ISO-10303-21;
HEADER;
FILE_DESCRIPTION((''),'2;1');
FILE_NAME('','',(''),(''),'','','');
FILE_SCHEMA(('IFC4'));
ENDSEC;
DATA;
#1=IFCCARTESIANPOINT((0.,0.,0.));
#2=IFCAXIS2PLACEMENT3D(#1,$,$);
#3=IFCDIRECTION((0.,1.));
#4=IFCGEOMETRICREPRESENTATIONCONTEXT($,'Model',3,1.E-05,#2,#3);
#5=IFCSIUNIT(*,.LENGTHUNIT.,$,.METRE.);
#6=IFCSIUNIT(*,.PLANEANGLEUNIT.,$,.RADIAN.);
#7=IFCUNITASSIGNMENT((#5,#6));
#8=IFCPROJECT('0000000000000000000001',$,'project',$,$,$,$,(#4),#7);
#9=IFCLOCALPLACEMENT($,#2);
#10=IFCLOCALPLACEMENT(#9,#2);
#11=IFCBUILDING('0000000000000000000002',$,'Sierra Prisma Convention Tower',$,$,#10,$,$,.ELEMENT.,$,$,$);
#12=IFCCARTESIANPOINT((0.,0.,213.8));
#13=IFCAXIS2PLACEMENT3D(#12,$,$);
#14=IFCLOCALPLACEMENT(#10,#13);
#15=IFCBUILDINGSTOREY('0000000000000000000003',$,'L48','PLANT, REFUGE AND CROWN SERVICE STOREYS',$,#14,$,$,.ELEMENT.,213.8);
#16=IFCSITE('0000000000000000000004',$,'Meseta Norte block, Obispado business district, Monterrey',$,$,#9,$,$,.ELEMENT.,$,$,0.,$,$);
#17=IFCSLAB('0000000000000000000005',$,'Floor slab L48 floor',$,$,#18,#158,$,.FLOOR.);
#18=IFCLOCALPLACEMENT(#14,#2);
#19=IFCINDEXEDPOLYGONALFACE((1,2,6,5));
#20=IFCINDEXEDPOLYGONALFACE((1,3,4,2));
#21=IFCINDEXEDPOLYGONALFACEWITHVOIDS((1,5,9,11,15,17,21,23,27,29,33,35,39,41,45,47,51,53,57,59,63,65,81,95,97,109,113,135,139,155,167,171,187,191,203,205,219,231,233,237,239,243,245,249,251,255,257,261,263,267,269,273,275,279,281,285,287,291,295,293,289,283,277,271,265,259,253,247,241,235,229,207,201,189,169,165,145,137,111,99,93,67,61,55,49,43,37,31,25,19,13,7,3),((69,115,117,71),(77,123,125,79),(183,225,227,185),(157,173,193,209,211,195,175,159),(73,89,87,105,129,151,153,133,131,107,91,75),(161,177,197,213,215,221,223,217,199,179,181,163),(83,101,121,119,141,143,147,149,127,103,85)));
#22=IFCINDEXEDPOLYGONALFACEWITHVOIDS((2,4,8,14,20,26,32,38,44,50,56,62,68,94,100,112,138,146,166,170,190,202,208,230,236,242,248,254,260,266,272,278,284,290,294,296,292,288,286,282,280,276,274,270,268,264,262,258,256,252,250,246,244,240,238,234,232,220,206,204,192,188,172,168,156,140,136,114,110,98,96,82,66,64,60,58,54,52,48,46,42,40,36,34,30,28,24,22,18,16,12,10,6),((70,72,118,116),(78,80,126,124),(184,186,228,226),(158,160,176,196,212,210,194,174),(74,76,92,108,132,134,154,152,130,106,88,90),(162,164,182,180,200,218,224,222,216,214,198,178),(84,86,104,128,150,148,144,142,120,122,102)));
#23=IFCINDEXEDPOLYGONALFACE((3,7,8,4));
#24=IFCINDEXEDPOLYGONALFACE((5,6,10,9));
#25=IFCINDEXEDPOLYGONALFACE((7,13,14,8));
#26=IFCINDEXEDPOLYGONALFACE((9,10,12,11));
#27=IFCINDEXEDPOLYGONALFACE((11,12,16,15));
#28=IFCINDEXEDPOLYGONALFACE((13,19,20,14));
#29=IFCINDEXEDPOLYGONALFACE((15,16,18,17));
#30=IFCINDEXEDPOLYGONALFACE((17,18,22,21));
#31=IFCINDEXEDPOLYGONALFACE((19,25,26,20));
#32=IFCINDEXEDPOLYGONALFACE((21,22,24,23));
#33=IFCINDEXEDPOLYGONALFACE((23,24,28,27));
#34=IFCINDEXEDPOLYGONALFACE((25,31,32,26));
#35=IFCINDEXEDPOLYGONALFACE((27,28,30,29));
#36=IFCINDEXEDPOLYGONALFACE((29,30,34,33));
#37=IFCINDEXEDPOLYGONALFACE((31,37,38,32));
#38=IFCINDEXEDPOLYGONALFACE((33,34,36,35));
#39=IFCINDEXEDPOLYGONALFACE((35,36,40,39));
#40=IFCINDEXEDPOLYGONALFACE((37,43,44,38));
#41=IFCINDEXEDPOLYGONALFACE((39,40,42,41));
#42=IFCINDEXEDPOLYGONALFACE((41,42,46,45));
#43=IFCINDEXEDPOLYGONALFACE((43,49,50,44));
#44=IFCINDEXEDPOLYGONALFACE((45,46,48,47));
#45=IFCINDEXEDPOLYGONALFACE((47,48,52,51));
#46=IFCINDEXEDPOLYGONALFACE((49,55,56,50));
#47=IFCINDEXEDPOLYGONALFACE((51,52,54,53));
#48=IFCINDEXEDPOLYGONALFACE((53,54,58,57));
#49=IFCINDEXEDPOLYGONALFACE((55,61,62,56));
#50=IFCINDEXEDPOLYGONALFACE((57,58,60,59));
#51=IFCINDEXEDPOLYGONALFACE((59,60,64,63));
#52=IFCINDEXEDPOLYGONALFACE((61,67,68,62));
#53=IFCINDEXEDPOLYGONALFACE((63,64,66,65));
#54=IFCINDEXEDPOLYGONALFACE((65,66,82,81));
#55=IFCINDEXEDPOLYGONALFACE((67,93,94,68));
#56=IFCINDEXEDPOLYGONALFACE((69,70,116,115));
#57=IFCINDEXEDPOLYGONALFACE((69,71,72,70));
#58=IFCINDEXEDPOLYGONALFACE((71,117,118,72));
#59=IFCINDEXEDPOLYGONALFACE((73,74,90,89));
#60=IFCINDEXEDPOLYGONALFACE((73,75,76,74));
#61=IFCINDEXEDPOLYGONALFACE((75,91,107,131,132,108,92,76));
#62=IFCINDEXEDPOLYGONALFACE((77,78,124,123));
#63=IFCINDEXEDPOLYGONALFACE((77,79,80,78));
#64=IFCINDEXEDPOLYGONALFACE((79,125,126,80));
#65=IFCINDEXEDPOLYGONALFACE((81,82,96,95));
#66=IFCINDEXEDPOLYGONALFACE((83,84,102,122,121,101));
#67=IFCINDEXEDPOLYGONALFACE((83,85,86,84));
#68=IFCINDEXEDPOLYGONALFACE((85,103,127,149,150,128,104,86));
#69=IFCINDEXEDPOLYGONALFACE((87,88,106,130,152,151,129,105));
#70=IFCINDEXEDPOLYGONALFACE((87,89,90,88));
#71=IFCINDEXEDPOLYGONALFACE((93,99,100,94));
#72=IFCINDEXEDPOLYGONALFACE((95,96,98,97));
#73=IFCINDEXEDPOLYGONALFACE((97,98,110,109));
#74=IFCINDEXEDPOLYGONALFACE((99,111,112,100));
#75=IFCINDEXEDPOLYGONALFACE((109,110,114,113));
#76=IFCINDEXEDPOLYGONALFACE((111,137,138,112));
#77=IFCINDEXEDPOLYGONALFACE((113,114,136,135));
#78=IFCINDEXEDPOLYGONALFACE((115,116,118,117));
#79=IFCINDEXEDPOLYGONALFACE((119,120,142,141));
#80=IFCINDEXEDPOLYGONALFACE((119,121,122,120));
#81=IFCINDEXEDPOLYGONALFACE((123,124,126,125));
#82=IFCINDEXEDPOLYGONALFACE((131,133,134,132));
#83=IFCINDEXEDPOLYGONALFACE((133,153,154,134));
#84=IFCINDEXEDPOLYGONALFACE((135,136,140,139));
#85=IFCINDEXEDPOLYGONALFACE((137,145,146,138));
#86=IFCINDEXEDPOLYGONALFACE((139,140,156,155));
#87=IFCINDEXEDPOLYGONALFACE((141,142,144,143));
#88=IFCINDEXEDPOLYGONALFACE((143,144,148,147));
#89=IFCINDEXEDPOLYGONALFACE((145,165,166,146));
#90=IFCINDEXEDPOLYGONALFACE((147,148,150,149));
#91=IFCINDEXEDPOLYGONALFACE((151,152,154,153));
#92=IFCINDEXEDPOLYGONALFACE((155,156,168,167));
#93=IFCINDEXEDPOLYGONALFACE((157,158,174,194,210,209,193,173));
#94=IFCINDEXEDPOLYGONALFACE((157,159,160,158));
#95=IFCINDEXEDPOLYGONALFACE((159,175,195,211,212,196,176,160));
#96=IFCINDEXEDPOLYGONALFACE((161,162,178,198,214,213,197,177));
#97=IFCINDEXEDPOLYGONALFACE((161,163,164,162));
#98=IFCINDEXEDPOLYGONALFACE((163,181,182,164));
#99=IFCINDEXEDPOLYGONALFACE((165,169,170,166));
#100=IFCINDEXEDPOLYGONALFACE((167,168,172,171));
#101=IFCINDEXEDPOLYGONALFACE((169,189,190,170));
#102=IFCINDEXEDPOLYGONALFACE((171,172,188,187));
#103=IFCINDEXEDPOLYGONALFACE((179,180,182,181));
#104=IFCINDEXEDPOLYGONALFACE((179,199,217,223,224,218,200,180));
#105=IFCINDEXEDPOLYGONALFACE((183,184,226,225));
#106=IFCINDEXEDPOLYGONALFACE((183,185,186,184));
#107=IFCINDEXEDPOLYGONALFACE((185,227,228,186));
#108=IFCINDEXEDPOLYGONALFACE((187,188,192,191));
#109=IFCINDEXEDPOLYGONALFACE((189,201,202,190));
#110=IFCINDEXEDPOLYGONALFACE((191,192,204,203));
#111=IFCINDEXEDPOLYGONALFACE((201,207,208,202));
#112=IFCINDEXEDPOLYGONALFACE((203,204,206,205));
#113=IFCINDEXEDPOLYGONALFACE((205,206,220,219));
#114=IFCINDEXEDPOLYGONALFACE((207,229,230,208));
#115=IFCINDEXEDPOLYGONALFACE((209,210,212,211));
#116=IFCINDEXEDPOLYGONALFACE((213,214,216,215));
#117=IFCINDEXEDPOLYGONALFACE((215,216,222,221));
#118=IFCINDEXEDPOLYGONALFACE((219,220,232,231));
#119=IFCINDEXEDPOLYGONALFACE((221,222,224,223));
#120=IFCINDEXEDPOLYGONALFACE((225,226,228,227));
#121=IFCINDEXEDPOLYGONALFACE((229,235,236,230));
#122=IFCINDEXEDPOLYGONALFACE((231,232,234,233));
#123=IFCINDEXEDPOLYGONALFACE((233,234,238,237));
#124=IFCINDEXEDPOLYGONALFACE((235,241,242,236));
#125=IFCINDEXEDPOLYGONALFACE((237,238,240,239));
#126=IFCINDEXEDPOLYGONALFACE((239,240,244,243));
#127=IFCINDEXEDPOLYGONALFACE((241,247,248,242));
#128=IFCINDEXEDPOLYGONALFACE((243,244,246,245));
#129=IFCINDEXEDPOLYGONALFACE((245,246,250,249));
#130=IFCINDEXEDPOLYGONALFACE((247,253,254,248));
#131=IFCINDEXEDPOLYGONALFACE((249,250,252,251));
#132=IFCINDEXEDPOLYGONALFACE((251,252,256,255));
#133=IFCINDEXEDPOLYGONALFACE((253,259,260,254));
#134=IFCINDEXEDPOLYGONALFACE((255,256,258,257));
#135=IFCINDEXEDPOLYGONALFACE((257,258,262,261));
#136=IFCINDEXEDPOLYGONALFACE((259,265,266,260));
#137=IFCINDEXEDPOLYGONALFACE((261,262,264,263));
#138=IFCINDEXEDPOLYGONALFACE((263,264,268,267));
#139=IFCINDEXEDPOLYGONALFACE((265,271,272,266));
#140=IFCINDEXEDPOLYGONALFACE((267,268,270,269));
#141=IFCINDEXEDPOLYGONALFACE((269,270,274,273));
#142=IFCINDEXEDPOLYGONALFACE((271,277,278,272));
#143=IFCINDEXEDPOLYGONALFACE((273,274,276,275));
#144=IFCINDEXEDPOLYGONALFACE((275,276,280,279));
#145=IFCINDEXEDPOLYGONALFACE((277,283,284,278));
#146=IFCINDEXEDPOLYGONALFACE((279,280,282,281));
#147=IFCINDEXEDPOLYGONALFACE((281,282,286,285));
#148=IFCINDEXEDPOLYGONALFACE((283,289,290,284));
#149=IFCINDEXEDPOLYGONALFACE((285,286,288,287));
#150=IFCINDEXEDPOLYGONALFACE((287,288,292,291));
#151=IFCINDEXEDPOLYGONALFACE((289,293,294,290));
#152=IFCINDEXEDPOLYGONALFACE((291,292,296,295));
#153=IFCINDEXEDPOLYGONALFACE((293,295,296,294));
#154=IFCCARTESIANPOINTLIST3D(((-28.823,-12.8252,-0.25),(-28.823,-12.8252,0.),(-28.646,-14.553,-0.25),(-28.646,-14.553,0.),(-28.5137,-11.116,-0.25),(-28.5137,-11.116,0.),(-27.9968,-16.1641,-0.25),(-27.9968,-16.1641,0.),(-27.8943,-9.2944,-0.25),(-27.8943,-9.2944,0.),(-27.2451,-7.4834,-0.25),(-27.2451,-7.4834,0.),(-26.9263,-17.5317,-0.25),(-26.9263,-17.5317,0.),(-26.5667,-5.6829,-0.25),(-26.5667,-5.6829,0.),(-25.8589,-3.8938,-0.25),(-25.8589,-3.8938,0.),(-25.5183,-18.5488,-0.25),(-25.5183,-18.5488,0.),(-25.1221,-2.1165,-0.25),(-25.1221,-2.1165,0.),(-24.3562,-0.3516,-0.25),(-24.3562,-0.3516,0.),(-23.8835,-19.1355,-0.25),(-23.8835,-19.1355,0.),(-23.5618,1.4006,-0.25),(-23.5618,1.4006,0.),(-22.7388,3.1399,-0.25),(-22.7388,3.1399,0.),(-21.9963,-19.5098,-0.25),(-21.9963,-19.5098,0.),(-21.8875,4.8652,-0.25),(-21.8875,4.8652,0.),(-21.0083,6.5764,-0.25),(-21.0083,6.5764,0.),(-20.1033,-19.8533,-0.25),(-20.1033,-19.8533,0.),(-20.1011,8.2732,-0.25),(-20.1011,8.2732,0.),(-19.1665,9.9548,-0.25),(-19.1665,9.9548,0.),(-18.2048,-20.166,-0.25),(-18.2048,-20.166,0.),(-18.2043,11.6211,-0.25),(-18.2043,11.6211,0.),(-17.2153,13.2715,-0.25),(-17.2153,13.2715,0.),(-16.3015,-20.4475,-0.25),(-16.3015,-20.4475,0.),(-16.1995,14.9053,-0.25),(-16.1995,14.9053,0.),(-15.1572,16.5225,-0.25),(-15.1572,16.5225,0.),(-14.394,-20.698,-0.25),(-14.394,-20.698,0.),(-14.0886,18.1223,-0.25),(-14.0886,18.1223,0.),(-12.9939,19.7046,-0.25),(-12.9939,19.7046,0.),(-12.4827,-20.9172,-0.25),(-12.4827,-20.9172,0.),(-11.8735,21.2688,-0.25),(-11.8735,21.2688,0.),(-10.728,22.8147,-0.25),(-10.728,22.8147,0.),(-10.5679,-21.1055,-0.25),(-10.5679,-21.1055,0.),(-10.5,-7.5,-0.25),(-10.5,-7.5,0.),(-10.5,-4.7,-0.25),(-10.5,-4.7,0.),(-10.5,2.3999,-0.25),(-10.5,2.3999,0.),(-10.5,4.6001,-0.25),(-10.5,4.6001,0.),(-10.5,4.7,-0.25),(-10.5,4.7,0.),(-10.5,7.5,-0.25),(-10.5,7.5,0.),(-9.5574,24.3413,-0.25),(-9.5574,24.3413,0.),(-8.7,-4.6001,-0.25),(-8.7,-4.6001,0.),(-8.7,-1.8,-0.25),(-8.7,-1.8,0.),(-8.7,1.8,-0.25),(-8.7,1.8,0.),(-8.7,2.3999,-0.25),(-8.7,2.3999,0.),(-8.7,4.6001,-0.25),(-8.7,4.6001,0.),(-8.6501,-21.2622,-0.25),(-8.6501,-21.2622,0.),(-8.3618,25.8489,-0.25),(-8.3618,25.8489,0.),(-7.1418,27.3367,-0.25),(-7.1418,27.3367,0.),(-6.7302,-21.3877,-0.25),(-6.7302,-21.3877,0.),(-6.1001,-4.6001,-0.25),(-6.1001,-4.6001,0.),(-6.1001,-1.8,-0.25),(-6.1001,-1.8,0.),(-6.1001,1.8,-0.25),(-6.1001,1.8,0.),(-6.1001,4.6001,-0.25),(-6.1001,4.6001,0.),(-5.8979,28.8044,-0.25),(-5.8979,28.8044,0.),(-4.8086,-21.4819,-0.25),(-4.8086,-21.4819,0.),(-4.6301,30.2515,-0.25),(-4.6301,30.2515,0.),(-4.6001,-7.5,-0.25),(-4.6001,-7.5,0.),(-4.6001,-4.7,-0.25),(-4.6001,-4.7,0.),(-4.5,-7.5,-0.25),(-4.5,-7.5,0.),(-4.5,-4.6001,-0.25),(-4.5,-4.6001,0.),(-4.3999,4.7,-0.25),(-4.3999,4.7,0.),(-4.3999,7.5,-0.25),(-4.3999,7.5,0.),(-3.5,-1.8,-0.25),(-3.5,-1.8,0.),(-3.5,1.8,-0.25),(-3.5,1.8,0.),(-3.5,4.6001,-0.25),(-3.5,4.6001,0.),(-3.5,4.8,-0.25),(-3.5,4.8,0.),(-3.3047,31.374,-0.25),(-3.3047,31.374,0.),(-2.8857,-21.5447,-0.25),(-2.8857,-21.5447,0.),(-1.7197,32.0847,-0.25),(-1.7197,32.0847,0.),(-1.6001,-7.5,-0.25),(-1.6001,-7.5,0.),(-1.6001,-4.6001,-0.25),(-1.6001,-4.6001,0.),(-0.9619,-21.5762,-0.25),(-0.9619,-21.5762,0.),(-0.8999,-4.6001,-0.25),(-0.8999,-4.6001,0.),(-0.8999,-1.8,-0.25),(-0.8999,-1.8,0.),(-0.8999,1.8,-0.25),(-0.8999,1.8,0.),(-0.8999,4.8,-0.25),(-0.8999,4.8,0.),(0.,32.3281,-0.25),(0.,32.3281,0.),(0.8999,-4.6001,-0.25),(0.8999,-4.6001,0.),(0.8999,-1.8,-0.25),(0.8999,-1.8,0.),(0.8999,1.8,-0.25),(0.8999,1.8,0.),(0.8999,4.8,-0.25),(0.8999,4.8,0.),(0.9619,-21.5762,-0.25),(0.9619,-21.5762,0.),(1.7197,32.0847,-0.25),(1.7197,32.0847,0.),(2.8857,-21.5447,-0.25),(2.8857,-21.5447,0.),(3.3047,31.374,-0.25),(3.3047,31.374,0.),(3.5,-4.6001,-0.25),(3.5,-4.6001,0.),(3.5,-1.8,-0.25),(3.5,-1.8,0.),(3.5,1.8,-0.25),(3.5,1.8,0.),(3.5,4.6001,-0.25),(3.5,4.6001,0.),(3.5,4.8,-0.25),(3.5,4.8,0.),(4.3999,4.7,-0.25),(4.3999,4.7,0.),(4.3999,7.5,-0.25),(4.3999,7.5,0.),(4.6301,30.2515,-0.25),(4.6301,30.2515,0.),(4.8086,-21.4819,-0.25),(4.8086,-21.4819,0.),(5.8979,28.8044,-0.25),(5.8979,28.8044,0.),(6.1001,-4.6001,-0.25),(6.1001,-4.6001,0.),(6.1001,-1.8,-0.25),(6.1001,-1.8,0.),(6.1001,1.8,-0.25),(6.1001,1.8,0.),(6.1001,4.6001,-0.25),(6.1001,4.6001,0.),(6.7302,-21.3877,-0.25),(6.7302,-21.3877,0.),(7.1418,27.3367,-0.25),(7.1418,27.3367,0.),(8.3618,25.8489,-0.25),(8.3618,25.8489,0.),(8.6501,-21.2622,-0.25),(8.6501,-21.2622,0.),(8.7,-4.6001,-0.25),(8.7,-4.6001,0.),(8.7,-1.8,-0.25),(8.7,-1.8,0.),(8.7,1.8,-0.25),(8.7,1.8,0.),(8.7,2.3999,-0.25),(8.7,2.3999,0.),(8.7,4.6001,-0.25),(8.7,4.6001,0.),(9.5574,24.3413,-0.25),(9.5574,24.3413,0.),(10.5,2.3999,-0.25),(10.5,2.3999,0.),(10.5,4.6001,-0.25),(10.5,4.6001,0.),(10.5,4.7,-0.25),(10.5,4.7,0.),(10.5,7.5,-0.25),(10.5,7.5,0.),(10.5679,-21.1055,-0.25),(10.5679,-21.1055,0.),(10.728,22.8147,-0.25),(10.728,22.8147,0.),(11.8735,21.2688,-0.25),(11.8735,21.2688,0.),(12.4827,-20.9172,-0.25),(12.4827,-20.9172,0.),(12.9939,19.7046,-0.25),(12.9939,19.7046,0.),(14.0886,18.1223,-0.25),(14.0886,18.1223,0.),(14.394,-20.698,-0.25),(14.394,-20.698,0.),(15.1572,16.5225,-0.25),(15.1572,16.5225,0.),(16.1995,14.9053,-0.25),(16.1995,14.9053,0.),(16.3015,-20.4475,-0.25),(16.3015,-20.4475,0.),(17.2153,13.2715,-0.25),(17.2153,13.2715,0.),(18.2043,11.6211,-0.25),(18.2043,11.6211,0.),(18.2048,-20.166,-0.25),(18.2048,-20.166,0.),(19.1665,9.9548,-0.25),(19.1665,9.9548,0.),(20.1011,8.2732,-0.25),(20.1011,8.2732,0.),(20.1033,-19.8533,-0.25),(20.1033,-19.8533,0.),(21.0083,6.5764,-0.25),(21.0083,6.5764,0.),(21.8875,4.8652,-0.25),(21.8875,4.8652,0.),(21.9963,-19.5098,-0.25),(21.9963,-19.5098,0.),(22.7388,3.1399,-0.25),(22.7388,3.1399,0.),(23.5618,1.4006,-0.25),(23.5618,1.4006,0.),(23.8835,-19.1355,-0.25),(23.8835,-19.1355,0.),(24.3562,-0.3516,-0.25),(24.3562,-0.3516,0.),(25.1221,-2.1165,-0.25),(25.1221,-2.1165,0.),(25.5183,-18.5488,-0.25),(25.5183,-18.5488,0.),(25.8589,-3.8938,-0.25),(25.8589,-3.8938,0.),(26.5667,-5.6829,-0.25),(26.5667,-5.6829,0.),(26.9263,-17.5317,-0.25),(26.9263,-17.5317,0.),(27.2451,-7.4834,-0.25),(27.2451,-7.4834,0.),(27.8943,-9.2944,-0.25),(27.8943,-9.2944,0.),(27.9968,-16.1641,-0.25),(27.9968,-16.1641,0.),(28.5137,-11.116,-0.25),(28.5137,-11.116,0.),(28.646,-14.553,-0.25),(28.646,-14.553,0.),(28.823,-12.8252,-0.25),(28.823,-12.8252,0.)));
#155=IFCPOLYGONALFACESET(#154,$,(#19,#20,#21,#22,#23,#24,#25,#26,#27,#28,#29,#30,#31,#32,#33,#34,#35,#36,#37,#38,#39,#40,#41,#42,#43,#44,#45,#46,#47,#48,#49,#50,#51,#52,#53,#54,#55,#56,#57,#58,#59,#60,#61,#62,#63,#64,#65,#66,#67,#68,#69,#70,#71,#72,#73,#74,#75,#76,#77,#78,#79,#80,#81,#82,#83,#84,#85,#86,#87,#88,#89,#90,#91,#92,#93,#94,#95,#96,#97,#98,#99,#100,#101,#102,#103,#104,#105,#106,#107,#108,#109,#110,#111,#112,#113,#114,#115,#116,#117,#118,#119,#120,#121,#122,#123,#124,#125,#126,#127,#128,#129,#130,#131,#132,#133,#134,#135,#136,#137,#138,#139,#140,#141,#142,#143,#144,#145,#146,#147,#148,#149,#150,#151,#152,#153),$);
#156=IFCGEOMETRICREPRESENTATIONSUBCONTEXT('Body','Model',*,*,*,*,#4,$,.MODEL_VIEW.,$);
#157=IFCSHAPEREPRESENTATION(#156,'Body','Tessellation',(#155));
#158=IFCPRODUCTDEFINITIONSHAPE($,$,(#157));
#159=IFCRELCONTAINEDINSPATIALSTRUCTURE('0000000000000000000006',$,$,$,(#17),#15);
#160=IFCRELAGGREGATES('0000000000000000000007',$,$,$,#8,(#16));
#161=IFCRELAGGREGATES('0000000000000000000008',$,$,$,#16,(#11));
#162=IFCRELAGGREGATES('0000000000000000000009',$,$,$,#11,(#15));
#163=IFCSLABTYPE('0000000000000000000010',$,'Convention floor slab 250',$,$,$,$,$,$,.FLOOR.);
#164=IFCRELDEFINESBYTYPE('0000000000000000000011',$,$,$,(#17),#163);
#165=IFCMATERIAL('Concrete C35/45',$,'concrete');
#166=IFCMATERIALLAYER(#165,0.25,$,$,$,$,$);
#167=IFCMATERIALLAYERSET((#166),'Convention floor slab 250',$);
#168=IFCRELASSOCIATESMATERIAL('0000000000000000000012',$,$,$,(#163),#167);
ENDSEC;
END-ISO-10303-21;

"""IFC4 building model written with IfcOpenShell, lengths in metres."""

from ifc_helpers import new_model, si_unit, direction, frame, origin, place, context, subcontext, project, spatial, polyline, outline, extrude, material, layer, layer_set, type_object, element, save


model = new_model("IFC4")

# Units and contexts
model_context = context("Model", 3, precision=1e-05, world=origin(), true_north=direction((0.0, 1.0)))
body_context = subcontext(model_context, "Body", "Model", "MODEL_VIEW")
ifc_project = project(units=[si_unit("LENGTHUNIT", "METRE"), si_unit("PLANEANGLEUNIT", "RADIAN")], contexts=[model_context])

# Site, building, storey
site_placement = place(None, origin())
site = spatial("IfcSite", under=ifc_project, at=site_placement, Name="Meseta Norte block, Obispado business district, Monterrey", CompositionType="ELEMENT", RefElevation=0.0)
building_placement = place(site_placement, origin())
building = spatial("IfcBuilding", under=site, at=building_placement, Name="Sierra Prisma Convention Tower", CompositionType="ELEMENT")
storey_placement = place(building_placement, frame((0.0, 0.0, 213.8)))
storey = spatial("IfcBuildingStorey", under=building, at=storey_placement, Name="L48", Description="PLANT, REFUGE AND CROWN SERVICE STOREYS", CompositionType="ELEMENT", Elevation=213.8)

# Slab
ifc_material_1 = material(Name="Concrete C35/45", Category="concrete")
ifc_layer_1 = layer(ifc_material_1, 0.25)
ifc_layer_set_1 = layer_set([ifc_layer_1], Name="Convention floor slab 250")
slab_type = type_object("IfcSlabType", Name="Convention floor slab 250", PredefinedType="FLOOR", material=ifc_layer_set_1)
slab_placement = place(storey_placement, frame((0.0, 0.0, -0.25)))
element("IfcSlab", 1, at=slab_placement, inside=storey, type_object=slab_type, Name="Floor slab L48 floor", PredefinedType="FLOOR", context=body_context, shape_type="SweptSolid", body=[
    extrude(outline(polyline([(-23.8835, -19.1355), (-21.9963, -19.5098), (-20.1033, -19.8533), (-18.2048, -20.166), (-16.3015, -20.4475), (-14.394, -20.698), (-12.4827, -20.9172), (-10.5679, -21.1055), (-8.6501, -21.2622), (-6.7302, -21.3877), (-4.8086, -21.4819), (-2.8857, -21.5447), (-0.9619, -21.5762), (0.9619, -21.5762), (2.8857, -21.5447), (4.8086, -21.4819), (6.7302, -21.3877), (8.6501, -21.2622), (10.5679, -21.1055), (12.4827, -20.9172), (14.394, -20.698), (16.3015, -20.4475), (18.2048, -20.166), (20.1033, -19.8533), (21.9963, -19.5098), (23.8835, -19.1355), (25.5183, -18.5488), (26.9263, -17.5317), (27.9968, -16.1641), (28.646, -14.553), (28.823, -12.8252), (28.5137, -11.116), (27.8943, -9.2944), (27.2451, -7.4834), (26.5667, -5.6829), (25.8589, -3.8938), (25.1221, -2.1165), (24.3562, -0.3516), (23.5618, 1.4006), (22.7388, 3.1399), (21.8875, 4.8652), (21.0083, 6.5764), (20.1011, 8.2732), (19.1665, 9.9548), (18.2043, 11.6211), (17.2153, 13.2715), (16.1995, 14.9053), (15.1572, 16.5225), (14.0886, 18.1223), (12.9939, 19.7046), (11.8735, 21.2688), (10.728, 22.8147), (9.5574, 24.3413), (8.3618, 25.8489), (7.1418, 27.3367), (5.8979, 28.8044), (4.6301, 30.2515), (3.3047, 31.374), (1.7197, 32.0847), (0.0, 32.3281), (-1.7197, 32.0847), (-3.3047, 31.374), (-4.6301, 30.2515), (-5.8979, 28.8044), (-7.1418, 27.3367), (-8.3618, 25.8489), (-9.5574, 24.3413), (-10.728, 22.8147), (-11.8735, 21.2688), (-12.9939, 19.7046), (-14.0886, 18.1223), (-15.1572, 16.5225), (-16.1995, 14.9053), (-17.2153, 13.2715), (-18.2043, 11.6211), (-19.1665, 9.9548), (-20.1011, 8.2732), (-21.0083, 6.5764), (-21.8875, 4.8652), (-22.7388, 3.1399), (-23.5618, 1.4006), (-24.3562, -0.3516), (-25.1221, -2.1165), (-25.8589, -3.8938), (-26.5667, -5.6829), (-27.2451, -7.4834), (-27.8943, -9.2944), (-28.5137, -11.116), (-28.823, -12.8252), (-28.646, -14.553), (-27.9968, -16.1641), (-26.9263, -17.5317), (-25.5183, -18.5488), (-23.8835, -19.1355)]), holes=[polyline([(-4.6001, -7.5), (-10.5, -7.5), (-10.5, -4.7), (-4.6001, -4.7), (-4.6001, -7.5)]), polyline([(-8.7, -4.6001), (-8.7, -1.8), (-6.1001, -1.8), (-3.5, -1.8), (-0.8999, -1.8), (-0.8999, -4.6001), (-1.6001, -4.6001), (-1.6001, -7.5), (-4.5, -7.5), (-4.5, -4.6001), (-6.1001, -4.6001), (-8.7, -4.6001)]), polyline([(-10.5, 4.6001), (-8.7, 4.6001), (-6.1001, 4.6001), (-3.5, 4.6001), (-3.5, 4.8), (-0.8999, 4.8), (-0.8999, 1.8), (-3.5, 1.8), (-6.1001, 1.8), (-8.7, 1.8), (-8.7, 2.3999), (-10.5, 2.3999), (-10.5, 4.6001)]), polyline([(-10.5, 4.7), (-10.5, 7.5), (-4.3999, 7.5), (-4.3999, 4.7), (-10.5, 4.7)]), polyline([(6.1001, -1.8), (8.7, -1.8), (8.7, -4.6001), (6.1001, -4.6001), (3.5, -4.6001), (0.8999, -4.6001), (0.8999, -1.8), (3.5, -1.8), (6.1001, -1.8)]), polyline([(8.7, 4.6001), (10.5, 4.6001), (10.5, 2.3999), (8.7, 2.3999), (8.7, 1.8), (6.1001, 1.8), (3.5, 1.8), (0.8999, 1.8), (0.8999, 4.8), (3.5, 4.8), (3.5, 4.6001), (6.1001, 4.6001), (8.7, 4.6001)]), polyline([(4.3999, 4.7), (4.3999, 7.5), (10.5, 7.5), (10.5, 4.7), (4.3999, 4.7)])]), origin(), (0.0, 0.0, 1.0), 0.25),
])

save(model, "model.ifc")
